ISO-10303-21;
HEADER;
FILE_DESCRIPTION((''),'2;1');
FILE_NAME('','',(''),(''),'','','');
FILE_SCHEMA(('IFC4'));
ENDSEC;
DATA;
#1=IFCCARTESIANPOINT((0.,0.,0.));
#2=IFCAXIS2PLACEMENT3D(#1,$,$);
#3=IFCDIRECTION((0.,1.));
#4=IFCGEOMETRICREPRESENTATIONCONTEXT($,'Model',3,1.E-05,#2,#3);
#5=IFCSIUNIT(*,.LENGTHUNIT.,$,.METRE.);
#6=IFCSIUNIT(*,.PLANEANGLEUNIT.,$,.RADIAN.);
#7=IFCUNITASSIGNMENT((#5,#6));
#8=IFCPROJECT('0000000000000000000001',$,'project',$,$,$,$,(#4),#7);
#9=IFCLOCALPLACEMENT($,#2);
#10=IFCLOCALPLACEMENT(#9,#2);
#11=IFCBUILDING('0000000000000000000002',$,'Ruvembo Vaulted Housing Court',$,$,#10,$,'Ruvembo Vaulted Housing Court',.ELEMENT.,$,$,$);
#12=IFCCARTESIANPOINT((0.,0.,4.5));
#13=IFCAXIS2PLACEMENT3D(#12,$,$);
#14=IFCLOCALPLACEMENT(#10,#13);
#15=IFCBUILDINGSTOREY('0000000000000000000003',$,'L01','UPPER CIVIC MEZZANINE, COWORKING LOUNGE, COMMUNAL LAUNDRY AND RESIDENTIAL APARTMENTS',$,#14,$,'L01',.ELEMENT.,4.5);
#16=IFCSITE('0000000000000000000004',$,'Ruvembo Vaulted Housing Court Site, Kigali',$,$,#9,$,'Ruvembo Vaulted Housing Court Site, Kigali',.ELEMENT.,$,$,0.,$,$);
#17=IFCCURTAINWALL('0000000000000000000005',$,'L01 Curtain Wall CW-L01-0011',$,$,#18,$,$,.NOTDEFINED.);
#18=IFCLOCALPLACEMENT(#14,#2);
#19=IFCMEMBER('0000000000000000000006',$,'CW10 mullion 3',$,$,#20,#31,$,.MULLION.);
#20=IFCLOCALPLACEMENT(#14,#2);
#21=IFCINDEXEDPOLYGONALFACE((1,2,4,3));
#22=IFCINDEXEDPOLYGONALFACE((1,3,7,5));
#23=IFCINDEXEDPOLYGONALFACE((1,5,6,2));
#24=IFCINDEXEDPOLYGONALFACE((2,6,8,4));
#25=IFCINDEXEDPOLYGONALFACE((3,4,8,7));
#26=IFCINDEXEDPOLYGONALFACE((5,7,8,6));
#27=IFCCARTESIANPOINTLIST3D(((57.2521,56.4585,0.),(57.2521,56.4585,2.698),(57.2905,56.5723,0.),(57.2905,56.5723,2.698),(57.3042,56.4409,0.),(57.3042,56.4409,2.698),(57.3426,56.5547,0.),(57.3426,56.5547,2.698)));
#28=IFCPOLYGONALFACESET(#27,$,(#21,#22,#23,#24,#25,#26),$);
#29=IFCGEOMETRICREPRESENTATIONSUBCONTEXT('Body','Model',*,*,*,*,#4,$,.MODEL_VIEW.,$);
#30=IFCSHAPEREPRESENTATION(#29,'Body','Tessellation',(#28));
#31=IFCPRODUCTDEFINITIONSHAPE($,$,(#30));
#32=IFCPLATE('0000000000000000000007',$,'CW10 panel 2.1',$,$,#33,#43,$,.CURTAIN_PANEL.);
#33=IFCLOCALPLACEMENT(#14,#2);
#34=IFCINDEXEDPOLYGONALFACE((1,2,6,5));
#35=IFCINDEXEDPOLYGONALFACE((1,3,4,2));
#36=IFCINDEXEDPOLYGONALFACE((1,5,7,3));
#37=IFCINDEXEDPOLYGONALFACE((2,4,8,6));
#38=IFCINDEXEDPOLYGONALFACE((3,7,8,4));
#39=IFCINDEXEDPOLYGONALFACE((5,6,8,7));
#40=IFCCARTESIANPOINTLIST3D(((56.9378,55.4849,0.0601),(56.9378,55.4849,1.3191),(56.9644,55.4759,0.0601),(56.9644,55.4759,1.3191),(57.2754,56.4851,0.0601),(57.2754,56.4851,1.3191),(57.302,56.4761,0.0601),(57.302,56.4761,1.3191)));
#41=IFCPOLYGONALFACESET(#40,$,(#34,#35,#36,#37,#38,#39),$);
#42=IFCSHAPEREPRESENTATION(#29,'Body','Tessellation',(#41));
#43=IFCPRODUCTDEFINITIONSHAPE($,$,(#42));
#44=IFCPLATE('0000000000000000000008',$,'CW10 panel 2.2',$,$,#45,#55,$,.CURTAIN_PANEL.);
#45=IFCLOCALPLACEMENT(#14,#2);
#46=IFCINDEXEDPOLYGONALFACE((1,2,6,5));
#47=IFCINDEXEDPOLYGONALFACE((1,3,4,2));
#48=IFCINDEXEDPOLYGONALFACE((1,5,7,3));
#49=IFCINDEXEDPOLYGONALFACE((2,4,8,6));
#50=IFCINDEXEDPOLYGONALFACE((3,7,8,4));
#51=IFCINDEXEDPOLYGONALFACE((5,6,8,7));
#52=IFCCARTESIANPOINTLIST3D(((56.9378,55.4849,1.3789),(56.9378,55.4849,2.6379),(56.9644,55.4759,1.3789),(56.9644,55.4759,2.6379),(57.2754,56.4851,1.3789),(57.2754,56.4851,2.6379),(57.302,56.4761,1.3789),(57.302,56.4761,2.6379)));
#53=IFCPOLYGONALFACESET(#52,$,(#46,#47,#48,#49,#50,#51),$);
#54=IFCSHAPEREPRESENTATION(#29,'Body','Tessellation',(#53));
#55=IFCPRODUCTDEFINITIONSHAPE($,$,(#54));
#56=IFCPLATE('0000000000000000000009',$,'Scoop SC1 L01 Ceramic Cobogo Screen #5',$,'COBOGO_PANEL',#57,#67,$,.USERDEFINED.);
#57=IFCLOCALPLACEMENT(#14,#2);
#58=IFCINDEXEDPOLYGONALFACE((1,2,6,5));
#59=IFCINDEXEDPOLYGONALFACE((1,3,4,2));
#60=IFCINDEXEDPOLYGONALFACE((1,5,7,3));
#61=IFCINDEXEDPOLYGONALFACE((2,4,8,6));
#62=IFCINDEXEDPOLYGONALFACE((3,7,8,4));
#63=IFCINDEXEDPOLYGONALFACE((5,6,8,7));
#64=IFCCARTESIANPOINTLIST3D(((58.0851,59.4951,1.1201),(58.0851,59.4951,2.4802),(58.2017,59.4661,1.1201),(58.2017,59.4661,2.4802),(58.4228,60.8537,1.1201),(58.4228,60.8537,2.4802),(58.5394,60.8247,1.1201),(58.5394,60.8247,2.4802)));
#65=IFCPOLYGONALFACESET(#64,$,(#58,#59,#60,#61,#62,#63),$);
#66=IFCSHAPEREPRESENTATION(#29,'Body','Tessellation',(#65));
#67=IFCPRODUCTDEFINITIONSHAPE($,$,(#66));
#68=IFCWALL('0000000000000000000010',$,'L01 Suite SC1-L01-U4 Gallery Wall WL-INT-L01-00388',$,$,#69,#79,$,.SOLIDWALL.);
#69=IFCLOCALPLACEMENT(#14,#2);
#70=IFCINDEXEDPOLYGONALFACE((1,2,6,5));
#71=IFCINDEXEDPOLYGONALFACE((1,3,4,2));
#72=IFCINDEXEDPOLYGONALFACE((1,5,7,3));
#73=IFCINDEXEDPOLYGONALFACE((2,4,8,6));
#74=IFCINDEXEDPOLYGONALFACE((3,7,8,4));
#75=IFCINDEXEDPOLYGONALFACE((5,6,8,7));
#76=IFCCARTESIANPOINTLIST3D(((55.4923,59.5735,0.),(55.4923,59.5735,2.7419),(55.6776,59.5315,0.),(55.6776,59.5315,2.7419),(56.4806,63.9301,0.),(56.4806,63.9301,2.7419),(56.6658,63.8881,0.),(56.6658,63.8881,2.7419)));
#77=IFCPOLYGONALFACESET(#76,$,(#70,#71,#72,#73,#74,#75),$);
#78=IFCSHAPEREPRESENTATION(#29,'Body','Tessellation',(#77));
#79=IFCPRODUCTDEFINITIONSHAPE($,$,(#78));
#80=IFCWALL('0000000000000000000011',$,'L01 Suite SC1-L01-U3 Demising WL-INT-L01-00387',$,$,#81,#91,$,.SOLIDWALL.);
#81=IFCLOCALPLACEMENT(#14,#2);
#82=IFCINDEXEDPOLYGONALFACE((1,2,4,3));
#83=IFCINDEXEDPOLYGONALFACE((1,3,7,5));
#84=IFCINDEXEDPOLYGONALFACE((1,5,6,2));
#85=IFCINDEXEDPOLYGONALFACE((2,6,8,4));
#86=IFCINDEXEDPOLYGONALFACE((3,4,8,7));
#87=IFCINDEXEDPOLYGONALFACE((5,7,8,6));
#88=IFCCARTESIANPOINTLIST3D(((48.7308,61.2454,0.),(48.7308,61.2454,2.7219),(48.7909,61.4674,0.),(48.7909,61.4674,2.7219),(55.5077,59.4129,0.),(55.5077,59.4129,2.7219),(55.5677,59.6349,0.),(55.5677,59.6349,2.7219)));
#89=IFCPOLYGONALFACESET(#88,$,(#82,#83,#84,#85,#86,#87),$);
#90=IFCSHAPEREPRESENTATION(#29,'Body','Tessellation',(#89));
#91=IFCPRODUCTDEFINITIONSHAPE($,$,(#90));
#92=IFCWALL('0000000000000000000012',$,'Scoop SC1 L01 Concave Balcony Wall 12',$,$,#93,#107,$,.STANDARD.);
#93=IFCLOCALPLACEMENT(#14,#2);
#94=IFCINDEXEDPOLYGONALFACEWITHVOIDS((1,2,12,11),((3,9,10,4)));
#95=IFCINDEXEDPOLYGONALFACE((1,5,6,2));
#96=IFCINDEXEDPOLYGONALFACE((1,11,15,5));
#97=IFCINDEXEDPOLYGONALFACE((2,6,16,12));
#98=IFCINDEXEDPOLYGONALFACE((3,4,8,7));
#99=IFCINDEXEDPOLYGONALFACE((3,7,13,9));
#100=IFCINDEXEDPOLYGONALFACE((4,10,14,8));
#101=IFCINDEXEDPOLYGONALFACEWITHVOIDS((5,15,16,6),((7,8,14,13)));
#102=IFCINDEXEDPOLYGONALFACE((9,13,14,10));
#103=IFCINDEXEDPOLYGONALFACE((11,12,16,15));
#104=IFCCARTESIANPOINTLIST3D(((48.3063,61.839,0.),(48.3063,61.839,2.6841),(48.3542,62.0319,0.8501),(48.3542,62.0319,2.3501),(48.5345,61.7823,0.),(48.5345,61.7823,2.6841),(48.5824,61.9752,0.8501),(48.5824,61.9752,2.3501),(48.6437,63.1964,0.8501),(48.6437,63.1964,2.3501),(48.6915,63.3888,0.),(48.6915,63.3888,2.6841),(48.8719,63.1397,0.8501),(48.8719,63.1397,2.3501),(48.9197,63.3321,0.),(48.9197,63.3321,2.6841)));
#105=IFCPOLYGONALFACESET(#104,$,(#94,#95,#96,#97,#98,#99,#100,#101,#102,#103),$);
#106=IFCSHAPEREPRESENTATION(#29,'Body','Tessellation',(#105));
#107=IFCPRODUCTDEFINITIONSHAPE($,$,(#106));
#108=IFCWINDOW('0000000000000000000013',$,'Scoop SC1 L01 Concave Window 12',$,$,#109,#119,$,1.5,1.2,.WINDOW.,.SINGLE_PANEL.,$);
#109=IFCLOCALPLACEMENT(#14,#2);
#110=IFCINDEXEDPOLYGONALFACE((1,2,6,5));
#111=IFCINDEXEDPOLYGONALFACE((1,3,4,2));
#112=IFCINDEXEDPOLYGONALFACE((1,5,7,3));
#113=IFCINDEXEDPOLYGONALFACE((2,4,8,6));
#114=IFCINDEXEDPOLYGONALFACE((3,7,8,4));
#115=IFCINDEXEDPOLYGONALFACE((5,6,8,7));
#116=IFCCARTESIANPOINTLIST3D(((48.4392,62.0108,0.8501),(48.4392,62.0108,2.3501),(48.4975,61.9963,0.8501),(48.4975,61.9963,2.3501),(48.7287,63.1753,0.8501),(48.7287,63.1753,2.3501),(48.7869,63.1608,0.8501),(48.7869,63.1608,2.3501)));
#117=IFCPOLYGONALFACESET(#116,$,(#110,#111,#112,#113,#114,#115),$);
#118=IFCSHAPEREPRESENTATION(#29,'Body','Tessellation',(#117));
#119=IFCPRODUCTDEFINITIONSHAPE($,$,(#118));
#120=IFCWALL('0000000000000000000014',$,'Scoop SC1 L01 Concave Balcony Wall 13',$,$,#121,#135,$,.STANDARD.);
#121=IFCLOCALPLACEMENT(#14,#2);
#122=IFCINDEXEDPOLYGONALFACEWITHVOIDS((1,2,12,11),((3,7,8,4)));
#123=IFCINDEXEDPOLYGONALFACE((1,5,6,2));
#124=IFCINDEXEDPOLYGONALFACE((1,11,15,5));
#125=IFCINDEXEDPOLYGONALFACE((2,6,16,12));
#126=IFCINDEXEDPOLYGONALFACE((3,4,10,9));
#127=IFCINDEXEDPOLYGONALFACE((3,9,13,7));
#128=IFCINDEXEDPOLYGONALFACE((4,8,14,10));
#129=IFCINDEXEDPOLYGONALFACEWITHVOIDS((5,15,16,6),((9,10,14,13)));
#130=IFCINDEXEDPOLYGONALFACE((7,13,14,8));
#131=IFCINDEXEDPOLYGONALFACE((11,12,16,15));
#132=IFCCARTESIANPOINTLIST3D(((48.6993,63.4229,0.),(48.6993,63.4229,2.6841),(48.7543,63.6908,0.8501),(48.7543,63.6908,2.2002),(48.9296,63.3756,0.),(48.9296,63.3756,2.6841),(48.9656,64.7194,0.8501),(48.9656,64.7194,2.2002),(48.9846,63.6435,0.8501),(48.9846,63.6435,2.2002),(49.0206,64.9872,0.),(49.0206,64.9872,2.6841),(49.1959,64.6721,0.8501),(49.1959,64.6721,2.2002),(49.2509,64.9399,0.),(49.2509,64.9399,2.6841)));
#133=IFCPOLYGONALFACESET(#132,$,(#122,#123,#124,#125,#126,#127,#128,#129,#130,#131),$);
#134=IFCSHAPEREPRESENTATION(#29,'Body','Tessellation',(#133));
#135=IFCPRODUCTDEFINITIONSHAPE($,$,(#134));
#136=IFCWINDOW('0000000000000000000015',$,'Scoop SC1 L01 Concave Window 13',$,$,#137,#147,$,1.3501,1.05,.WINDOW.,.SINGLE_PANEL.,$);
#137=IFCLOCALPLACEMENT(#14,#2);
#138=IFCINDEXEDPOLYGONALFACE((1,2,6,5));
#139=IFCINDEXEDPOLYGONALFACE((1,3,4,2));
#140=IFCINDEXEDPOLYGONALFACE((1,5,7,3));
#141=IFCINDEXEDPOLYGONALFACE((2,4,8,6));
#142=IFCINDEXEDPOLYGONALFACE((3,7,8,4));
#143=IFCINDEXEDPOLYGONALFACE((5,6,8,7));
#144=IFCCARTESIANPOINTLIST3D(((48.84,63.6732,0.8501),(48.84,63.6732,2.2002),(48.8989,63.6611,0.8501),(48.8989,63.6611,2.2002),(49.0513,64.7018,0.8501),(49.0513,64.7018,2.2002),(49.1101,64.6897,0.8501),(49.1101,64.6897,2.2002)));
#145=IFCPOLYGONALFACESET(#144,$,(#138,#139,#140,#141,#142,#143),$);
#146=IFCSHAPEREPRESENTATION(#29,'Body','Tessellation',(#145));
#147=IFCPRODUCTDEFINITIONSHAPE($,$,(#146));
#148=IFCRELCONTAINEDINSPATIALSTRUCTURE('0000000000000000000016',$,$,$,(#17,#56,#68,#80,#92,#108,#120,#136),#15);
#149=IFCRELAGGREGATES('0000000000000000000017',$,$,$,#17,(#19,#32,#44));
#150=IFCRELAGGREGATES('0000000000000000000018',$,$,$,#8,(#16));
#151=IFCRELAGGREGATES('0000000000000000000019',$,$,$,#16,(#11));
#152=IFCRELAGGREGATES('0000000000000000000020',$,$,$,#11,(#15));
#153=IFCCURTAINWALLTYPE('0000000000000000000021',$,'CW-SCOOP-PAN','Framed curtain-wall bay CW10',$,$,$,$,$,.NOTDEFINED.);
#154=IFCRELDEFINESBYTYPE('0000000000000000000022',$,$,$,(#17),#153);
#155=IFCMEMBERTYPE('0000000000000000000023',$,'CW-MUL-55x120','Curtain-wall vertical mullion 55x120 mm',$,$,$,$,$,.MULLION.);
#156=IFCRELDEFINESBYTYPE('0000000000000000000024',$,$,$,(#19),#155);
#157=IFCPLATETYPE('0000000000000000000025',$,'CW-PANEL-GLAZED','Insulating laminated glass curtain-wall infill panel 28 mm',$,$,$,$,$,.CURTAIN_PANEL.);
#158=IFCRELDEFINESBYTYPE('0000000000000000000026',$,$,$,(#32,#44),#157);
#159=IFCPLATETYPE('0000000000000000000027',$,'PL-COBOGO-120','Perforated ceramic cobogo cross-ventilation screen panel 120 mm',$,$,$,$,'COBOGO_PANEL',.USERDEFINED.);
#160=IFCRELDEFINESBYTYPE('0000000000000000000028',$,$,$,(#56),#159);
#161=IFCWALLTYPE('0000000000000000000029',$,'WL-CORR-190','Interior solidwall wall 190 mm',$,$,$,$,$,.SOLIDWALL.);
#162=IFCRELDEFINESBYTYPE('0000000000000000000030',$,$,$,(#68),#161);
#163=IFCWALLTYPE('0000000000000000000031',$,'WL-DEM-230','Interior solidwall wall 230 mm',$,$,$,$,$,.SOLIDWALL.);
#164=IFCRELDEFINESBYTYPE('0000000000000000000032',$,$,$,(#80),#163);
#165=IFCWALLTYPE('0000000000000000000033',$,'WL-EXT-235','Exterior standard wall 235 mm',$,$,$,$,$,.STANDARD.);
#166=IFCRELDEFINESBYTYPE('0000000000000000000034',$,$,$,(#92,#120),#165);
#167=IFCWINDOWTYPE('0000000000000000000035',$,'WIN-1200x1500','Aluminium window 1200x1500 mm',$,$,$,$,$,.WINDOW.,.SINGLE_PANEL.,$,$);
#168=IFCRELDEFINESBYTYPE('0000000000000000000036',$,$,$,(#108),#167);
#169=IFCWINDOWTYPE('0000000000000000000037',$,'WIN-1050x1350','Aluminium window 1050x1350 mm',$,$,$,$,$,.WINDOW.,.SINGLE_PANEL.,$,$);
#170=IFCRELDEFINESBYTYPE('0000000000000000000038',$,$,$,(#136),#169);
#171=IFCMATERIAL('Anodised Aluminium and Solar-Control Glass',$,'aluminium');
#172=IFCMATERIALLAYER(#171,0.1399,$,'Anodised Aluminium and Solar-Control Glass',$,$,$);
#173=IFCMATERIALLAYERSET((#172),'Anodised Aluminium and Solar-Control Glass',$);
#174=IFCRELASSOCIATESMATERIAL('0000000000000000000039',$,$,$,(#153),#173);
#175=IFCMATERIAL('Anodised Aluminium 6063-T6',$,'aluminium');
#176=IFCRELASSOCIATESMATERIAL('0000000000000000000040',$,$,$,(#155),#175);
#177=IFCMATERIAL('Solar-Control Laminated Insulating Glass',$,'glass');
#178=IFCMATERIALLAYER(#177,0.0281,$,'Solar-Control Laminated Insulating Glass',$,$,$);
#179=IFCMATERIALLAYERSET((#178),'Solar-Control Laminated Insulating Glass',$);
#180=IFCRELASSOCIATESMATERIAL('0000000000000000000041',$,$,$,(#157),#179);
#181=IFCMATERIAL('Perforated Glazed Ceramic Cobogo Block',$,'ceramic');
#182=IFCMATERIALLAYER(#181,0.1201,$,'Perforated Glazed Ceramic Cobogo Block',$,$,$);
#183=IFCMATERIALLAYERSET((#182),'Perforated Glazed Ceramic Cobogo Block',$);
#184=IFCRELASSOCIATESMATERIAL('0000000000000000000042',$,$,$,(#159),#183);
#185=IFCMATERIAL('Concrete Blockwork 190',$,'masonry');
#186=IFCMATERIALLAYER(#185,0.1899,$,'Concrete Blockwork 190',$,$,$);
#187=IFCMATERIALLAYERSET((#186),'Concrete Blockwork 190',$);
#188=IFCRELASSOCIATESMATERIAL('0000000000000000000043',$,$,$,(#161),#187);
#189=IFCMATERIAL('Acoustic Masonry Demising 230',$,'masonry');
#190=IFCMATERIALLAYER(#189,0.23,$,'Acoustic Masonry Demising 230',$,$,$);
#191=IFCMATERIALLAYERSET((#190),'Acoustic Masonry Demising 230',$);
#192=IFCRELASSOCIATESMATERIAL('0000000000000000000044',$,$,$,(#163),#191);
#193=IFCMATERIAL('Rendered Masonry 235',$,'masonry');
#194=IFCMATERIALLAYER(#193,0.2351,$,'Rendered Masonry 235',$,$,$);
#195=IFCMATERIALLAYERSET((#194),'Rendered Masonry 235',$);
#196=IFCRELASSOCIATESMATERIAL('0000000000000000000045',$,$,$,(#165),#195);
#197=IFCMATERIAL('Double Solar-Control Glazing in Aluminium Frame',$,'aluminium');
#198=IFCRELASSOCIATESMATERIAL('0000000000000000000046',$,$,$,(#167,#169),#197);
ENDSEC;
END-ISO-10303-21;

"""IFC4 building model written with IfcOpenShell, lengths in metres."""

from ifc_helpers import new_model, si_unit, direction, frame, frame_2d, origin, origin_2d, place, context, subcontext, project, spatial, rectangle, extrude, material, layer, layer_set, material_profile, profile_set, type_object, element, fill, aggregate, save


model = new_model("IFC4")

# Units and contexts
model_context = context("Model", 3, precision=1e-05, world=origin(), true_north=direction((0.0, 1.0)))
body_context = subcontext(model_context, "Body", "Model", "MODEL_VIEW")
ifc_project = project(units=[si_unit("LENGTHUNIT", "METRE"), si_unit("PLANEANGLEUNIT", "RADIAN")], contexts=[model_context])

# Site, building, storey
site_placement = place(None, origin())
site = spatial("IfcSite", under=ifc_project, at=site_placement, Name="Ruvembo Vaulted Housing Court Site, Kigali", LongName="Ruvembo Vaulted Housing Court Site, Kigali", CompositionType="ELEMENT", RefElevation=0.0)
building_placement = place(site_placement, origin())
building = spatial("IfcBuilding", under=site, at=building_placement, Name="Ruvembo Vaulted Housing Court", LongName="Ruvembo Vaulted Housing Court", CompositionType="ELEMENT")
storey_placement = place(building_placement, frame((0.0, 0.0, 4.5)))
storey = spatial("IfcBuildingStorey", under=building, at=storey_placement, Name="L01", Description="UPPER CIVIC MEZZANINE, COWORKING LOUNGE, COMMUNAL LAUNDRY AND RESIDENTIAL APARTMENTS", LongName="L01", CompositionType="ELEMENT", Elevation=4.5)

# Curtain wall, member, plates
ifc_material_1 = material(Name="Anodised Aluminium and Solar-Control Glass", Category="aluminium")
ifc_layer_1 = layer(ifc_material_1, 0.1399, Name="Anodised Aluminium and Solar-Control Glass")
ifc_layer_set_1 = layer_set([ifc_layer_1], Name="Anodised Aluminium and Solar-Control Glass")
curtain_wall_type = type_object("IfcCurtainWallType", Name="CW-SCOOP-PAN", Description="Framed curtain-wall bay CW10", PredefinedType="NOTDEFINED", material=ifc_layer_set_1)
curtain_wall_placement = place(storey_placement, origin())
curtain_wall = element("IfcCurtainWall", 1, at=curtain_wall_placement, inside=storey, type_object=curtain_wall_type, Name="L01 Curtain Wall CW-L01-0011", PredefinedType="NOTDEFINED")
ifc_material_2 = material(Name="Anodised Aluminium 6063-T6", Category="aluminium")
ifc_material_profile_1 = material_profile(ifc_material_2, rectangle(XDim=0.0549, YDim=0.1201, at=origin_2d()), Name="ALU 55x120")
ifc_profile_set_1 = profile_set([ifc_material_profile_1], Name="Anodised Aluminium 6063-T6")
member_type = type_object("IfcMemberType", Name="CW-MUL-55x120", Description="Curtain-wall vertical mullion 55x120 mm", PredefinedType="MULLION", material=ifc_profile_set_1)
member_placement = place(storey_placement, frame((57.2974, 56.5066, 0.0), z_axis=(0.0, 0.0, 1.0), x_axis=(-0.947473, 0.319836, 0.0)))
member = element("IfcMember", 2, at=member_placement, type_object=member_type, Name="CW10 mullion 3", PredefinedType="MULLION", context=body_context, shape_type="SweptSolid", body=[
    extrude(rectangle(XDim=0.0549, YDim=0.1201, at=origin_2d()), origin(), (0.0, 0.0, 1.0), 2.698),
])
ifc_material_3 = material(Name="Solar-Control Laminated Insulating Glass", Category="glass")
ifc_layer_2 = layer(ifc_material_3, 0.0281, Name="Solar-Control Laminated Insulating Glass")
ifc_layer_set_2 = layer_set([ifc_layer_2], Name="Solar-Control Laminated Insulating Glass")
plate_type_1 = type_object("IfcPlateType", Name="CW-PANEL-GLAZED", Description="Insulating laminated glass curtain-wall infill panel 28 mm", PredefinedType="CURTAIN_PANEL", material=ifc_layer_set_2)
plate_1_placement = place(storey_placement, frame((57.1199, 55.9805, 0.0601), z_axis=(0.0, 0.0, 1.0), x_axis=(0.319836, 0.947473, 0.0)))
plate_1 = element("IfcPlate", 3, at=plate_1_placement, type_object=plate_type_1, Name="CW10 panel 2.1", PredefinedType="CURTAIN_PANEL", context=body_context, shape_type="SweptSolid", body=[
    extrude(rectangle(XDim=1.0557, YDim=0.0281, at=origin_2d()), origin(), (0.0, 0.0, 1.0), 1.259),
])
plate_2_placement = place(storey_placement, frame((57.1199, 55.9805, 1.3789), z_axis=(0.0, 0.0, 1.0), x_axis=(0.319836, 0.947473, 0.0)))
plate_2 = element("IfcPlate", 4, at=plate_2_placement, type_object=plate_type_1, Name="CW10 panel 2.2", PredefinedType="CURTAIN_PANEL", context=body_context, shape_type="SweptSolid", body=[
    extrude(rectangle(XDim=1.0557, YDim=0.0281, at=origin_2d()), origin(), (0.0, 0.0, 1.0), 1.259),
])
aggregate(curtain_wall, [member, plate_1, plate_2])

# Plate
ifc_material_4 = material(Name="Perforated Glazed Ceramic Cobogo Block", Category="ceramic")
ifc_layer_3 = layer(ifc_material_4, 0.1201, Name="Perforated Glazed Ceramic Cobogo Block")
ifc_layer_set_3 = layer_set([ifc_layer_3], Name="Perforated Glazed Ceramic Cobogo Block")
plate_type_2 = type_object("IfcPlateType", Name="PL-COBOGO-120", Description="Perforated ceramic cobogo cross-ventilation screen panel 120 mm", ElementType="COBOGO_PANEL", PredefinedType="USERDEFINED", material=ifc_layer_set_3)
plate_3_placement = place(storey_placement, frame((58.3123, 60.1599, 1.1201), z_axis=(0.0, 0.0, 1.0), x_axis=(0.241194, 0.970477, 0.0)))
element("IfcPlate", 5, at=plate_3_placement, inside=storey, type_object=plate_type_2, Name="Scoop SC1 L01 Ceramic Cobogo Screen #5", ObjectType="COBOGO_PANEL", PredefinedType="USERDEFINED", context=body_context, shape_type="SweptSolid", body=[
    extrude(rectangle(XDim=1.3999, YDim=0.1201, at=origin_2d()), origin(), (0.0, 0.0, 1.0), 1.3601),
])

# Wall
ifc_material_5 = material(Name="Concrete Blockwork 190", Category="masonry")
ifc_layer_4 = layer(ifc_material_5, 0.1899, Name="Concrete Blockwork 190")
ifc_layer_set_4 = layer_set([ifc_layer_4], Name="Concrete Blockwork 190")
wall_type_1 = type_object("IfcWallType", Name="WL-CORR-190", Description="Interior solidwall wall 190 mm", PredefinedType="SOLIDWALL", material=ifc_layer_set_4)
wall_1_placement = place(storey_placement, frame((55.585, 59.5525, 0.0), z_axis=(0.0, 0.0, 1.0), x_axis=(0.221222, 0.975223, 0.0)))
element("IfcWall", 6, at=wall_1_placement, inside=storey, type_object=wall_type_1, Name="L01 Suite SC1-L01-U4 Gallery Wall WL-INT-L01-00388", PredefinedType="SOLIDWALL", context=body_context, shape_type="SweptSolid", body=[
    extrude(rectangle(XDim=4.4673, YDim=0.1899, at=frame_2d((2.2336, 0.0))), origin(), (0.0, 0.0, 1.0), 2.7419),
])

# Wall
ifc_material_6 = material(Name="Acoustic Masonry Demising 230", Category="masonry")
ifc_layer_5 = layer(ifc_material_6, 0.23, Name="Acoustic Masonry Demising 230")
ifc_layer_set_5 = layer_set([ifc_layer_5], Name="Acoustic Masonry Demising 230")
wall_type_2 = type_object("IfcWallType", Name="WL-DEM-230", Description="Interior solidwall wall 230 mm", PredefinedType="SOLIDWALL", material=ifc_layer_set_5)
wall_2_placement = place(storey_placement, frame((48.7607, 61.3564, 0.0), z_axis=(0.0, 0.0, 1.0), x_axis=(0.96533, -0.261033, 0.0)))
element("IfcWall", 7, at=wall_2_placement, inside=storey, type_object=wall_type_2, Name="L01 Suite SC1-L01-U3 Demising WL-INT-L01-00387", PredefinedType="SOLIDWALL", context=body_context, shape_type="SweptSolid", body=[
    extrude(rectangle(XDim=7.0203, YDim=0.23, at=frame_2d((3.5103, 0.0))), origin(), (0.0, 0.0, 1.0), 2.7219),
])

# Walls, openings, windows
ifc_material_7 = material(Name="Rendered Masonry 235", Category="masonry")
ifc_layer_6 = layer(ifc_material_7, 0.2351, Name="Rendered Masonry 235")
ifc_layer_set_6 = layer_set([ifc_layer_6], Name="Rendered Masonry 235")
wall_type_3 = type_object("IfcWallType", Name="WL-EXT-235", Description="Exterior standard wall 235 mm", PredefinedType="STANDARD", material=ifc_layer_set_6)
wall_3_placement = place(storey_placement, frame((48.4204, 61.8108, 0.0), z_axis=(0.0, 0.0, 1.0), x_axis=(0.24124, 0.970465, 0.0)))
wall_3 = element("IfcWall", 8, at=wall_3_placement, inside=storey, type_object=wall_type_3, Name="Scoop SC1 L01 Concave Balcony Wall 12", PredefinedType="STANDARD", context=body_context, shape_type="SweptSolid", body=[
    extrude(rectangle(XDim=1.5969, YDim=0.2351, at=frame_2d((0.7983, 0.0))), origin(), (0.0, 0.0, 1.0), 2.6841),
])
opening_1_placement = place(wall_3_placement, frame((0.1985, 0.0, 0.8501)))
opening_1 = element("IfcOpeningElement", 9, at=opening_1_placement, cuts=wall_3, PredefinedType="OPENING", context=body_context, shape_type="SweptSolid", body=[
    extrude(rectangle(XDim=1.2, YDim=1.5, at=frame_2d((0.6001, 0.75))), frame((0.0, 0.1274, 0.0), z_axis=(0.0, -1.0, 0.0), x_axis=(1.0, 0.0, 0.0)), (0.0, 0.0, 1.0), 0.2551),
])
ifc_material_8 = material(Name="Double Solar-Control Glazing in Aluminium Frame", Category="aluminium")
window_type_1 = type_object("IfcWindowType", Name="WIN-1200x1500", Description="Aluminium window 1200x1500 mm", PartitioningType="SINGLE_PANEL", PredefinedType="WINDOW", material=ifc_material_8)
window_1_placement = place(opening_1_placement, origin())
window_1 = element("IfcWindow", 10, at=window_1_placement, inside=storey, type_object=window_type_1, Name="Scoop SC1 L01 Concave Window 12", OverallHeight=1.5, OverallWidth=1.2, PartitioningType="SINGLE_PANEL", PredefinedType="WINDOW", context=body_context, shape_type="SweptSolid", body=[
    extrude(rectangle(XDim=1.2, YDim=1.5, at=frame_2d((0.6001, 0.75))), frame((0.0, 0.03, 0.0), z_axis=(0.0, -1.0, 0.0), x_axis=(1.0, 0.0, 0.0)), (0.0, 0.0, 1.0), 0.0601),
])
fill(opening_1, window_1)
wall_4_placement = place(storey_placement, frame((48.8145, 63.3994, 0.0), z_axis=(0.0, 0.0, 1.0), x_axis=(0.2012, 0.97955, 0.0)))
wall_4 = element("IfcWall", 11, at=wall_4_placement, inside=storey, type_object=wall_type_3, Name="Scoop SC1 L01 Concave Balcony Wall 13", PredefinedType="STANDARD", context=body_context, shape_type="SweptSolid", body=[
    extrude(rectangle(XDim=1.5969, YDim=0.2351, at=frame_2d((0.7983, 0.0))), origin(), (0.0, 0.0, 1.0), 2.6841),
])
opening_2_placement = place(wall_4_placement, frame((0.2734, 0.0, 0.8501)))
opening_2 = element("IfcOpeningElement", 12, at=opening_2_placement, cuts=wall_4, PredefinedType="OPENING", context=body_context, shape_type="SweptSolid", body=[
    extrude(rectangle(XDim=1.05, YDim=1.3501, at=frame_2d((0.5249, 0.675))), frame((0.0, 0.1274, 0.0), z_axis=(0.0, -1.0, 0.0), x_axis=(1.0, 0.0, 0.0)), (0.0, 0.0, 1.0), 0.2551),
])
window_type_2 = type_object("IfcWindowType", Name="WIN-1050x1350", Description="Aluminium window 1050x1350 mm", PartitioningType="SINGLE_PANEL", PredefinedType="WINDOW", material=ifc_material_8)
window_2_placement = place(opening_2_placement, origin())
window_2 = element("IfcWindow", 13, at=window_2_placement, inside=storey, type_object=window_type_2, Name="Scoop SC1 L01 Concave Window 13", OverallHeight=1.3501, OverallWidth=1.05, PartitioningType="SINGLE_PANEL", PredefinedType="WINDOW", context=body_context, shape_type="SweptSolid", body=[
    extrude(rectangle(XDim=1.05, YDim=1.3501, at=frame_2d((0.5249, 0.675))), frame((0.0, 0.03, 0.0), z_axis=(0.0, -1.0, 0.0), x_axis=(1.0, 0.0, 0.0)), (0.0, 0.0, 1.0), 0.0601),
])
fill(opening_2, window_2)

save(model, "model.ifc")
